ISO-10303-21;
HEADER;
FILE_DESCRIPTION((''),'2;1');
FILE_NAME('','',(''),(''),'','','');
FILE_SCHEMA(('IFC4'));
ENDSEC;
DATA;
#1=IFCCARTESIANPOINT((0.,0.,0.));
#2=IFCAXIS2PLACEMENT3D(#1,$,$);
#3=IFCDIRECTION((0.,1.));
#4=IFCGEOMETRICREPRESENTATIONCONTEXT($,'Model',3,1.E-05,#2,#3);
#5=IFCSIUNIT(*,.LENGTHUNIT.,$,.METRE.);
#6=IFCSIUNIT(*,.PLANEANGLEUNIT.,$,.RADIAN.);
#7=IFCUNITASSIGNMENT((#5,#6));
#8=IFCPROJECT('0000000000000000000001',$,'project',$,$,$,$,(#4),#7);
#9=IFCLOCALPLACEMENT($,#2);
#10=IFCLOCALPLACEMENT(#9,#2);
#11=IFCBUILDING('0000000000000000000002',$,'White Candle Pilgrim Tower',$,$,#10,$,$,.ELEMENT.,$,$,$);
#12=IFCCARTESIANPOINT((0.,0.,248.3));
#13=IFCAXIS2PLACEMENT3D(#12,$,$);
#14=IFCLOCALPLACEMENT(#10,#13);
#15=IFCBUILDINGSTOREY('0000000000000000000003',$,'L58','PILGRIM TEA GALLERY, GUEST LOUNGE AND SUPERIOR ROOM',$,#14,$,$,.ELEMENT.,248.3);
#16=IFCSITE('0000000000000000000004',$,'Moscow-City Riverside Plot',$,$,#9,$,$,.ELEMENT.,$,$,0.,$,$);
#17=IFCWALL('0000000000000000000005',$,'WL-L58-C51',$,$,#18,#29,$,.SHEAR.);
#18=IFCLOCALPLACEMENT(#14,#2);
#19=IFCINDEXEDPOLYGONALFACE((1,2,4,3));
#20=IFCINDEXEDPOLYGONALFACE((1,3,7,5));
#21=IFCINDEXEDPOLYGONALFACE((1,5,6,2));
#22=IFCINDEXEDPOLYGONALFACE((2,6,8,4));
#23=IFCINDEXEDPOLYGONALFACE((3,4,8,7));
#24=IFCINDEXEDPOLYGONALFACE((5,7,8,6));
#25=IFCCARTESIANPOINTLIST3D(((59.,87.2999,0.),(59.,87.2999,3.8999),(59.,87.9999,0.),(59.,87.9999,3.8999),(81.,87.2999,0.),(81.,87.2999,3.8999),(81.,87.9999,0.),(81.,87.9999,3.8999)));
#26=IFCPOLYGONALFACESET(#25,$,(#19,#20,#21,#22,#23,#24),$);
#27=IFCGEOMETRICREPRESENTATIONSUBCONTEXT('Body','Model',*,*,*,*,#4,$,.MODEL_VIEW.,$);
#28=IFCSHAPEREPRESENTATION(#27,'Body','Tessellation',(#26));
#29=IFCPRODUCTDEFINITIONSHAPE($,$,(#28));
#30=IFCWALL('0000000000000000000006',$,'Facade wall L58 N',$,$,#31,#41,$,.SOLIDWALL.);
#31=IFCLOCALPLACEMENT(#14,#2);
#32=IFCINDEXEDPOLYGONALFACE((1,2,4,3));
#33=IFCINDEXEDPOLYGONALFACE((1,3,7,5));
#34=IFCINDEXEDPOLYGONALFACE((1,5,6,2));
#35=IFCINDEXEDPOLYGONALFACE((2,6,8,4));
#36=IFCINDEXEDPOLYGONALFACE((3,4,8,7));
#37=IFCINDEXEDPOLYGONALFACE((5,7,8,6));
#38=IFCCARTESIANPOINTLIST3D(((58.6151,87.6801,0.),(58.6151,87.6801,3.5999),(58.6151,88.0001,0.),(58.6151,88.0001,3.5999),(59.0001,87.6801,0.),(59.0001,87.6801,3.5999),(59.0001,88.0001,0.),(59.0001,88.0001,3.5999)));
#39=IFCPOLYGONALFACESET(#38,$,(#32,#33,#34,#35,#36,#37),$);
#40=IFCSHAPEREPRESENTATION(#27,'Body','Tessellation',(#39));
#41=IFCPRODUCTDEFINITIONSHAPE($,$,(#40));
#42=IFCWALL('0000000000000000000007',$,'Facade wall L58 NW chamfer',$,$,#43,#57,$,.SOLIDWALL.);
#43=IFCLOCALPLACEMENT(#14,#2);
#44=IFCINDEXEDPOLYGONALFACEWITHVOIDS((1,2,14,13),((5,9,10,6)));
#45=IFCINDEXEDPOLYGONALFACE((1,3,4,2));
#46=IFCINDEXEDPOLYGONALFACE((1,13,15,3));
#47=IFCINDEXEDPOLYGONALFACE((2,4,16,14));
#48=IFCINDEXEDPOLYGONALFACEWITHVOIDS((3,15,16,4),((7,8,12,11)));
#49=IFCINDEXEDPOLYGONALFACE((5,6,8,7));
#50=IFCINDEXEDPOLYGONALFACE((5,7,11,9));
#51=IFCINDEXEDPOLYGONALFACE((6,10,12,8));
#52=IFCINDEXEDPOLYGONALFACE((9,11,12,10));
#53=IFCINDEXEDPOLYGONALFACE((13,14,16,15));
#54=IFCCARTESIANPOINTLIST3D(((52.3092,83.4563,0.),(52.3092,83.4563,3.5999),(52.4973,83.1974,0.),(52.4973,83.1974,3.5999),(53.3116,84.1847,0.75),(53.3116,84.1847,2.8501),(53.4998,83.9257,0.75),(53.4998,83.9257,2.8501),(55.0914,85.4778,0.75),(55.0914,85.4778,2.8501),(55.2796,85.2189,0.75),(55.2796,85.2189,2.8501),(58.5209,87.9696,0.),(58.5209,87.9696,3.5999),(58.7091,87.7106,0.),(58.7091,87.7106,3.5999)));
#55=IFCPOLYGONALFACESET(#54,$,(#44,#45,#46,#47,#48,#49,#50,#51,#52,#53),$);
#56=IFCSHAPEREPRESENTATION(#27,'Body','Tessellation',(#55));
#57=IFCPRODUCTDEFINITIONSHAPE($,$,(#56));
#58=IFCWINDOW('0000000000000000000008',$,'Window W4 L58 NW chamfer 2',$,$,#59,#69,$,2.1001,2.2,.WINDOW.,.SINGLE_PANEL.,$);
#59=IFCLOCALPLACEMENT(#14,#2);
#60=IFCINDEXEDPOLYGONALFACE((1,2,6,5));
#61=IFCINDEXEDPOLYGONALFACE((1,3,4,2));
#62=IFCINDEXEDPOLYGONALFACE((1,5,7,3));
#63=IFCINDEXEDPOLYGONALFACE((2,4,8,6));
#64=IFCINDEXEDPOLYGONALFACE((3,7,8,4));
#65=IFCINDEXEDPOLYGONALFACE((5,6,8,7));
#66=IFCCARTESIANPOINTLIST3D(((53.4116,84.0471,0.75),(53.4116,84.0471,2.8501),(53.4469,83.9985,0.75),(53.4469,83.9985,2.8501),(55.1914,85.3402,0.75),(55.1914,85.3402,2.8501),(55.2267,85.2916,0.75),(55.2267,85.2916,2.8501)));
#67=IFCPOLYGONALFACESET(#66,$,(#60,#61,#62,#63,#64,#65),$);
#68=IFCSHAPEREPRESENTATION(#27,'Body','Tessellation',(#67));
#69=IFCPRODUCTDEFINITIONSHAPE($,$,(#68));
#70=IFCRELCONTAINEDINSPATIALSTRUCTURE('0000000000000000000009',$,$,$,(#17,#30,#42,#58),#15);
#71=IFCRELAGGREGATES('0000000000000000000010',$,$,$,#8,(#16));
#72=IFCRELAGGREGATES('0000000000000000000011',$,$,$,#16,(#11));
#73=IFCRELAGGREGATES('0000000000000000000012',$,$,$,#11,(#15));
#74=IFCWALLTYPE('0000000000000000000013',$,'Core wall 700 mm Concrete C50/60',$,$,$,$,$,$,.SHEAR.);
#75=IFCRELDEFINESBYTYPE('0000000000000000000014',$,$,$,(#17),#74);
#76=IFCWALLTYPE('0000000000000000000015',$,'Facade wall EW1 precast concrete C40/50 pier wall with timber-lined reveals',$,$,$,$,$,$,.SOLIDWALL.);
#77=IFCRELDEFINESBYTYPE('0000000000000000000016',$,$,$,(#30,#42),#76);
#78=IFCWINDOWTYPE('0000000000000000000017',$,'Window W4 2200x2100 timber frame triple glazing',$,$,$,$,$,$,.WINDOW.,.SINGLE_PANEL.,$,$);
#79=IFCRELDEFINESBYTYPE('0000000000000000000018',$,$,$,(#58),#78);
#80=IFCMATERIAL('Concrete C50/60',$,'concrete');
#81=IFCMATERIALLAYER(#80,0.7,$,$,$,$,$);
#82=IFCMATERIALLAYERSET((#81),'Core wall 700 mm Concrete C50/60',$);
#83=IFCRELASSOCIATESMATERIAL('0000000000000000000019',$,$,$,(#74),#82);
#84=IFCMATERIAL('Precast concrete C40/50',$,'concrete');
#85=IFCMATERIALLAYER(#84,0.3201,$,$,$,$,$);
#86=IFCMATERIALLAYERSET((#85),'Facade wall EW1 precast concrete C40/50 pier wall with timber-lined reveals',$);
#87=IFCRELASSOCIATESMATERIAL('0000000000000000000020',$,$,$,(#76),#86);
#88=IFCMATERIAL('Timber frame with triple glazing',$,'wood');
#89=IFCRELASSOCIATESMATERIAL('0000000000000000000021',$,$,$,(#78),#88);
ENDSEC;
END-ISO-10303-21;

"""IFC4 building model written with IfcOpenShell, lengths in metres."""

from ifc_helpers import new_model, si_unit, direction, frame, frame_2d, origin, place, context, subcontext, project, spatial, rectangle, extrude, material, layer, layer_set, type_object, element, fill, save


model = new_model("IFC4")

# Units and contexts
model_context = context("Model", 3, precision=1e-05, world=origin(), true_north=direction((0.0, 1.0)))
body_context = subcontext(model_context, "Body", "Model", "MODEL_VIEW")
ifc_project = project(units=[si_unit("LENGTHUNIT", "METRE"), si_unit("PLANEANGLEUNIT", "RADIAN")], contexts=[model_context])

# Site, building, storey
site_placement = place(None, origin())
site = spatial("IfcSite", under=ifc_project, at=site_placement, Name="Moscow-City Riverside Plot", CompositionType="ELEMENT", RefElevation=0.0)
building_placement = place(site_placement, origin())
building = spatial("IfcBuilding", under=site, at=building_placement, Name="White Candle Pilgrim Tower", CompositionType="ELEMENT")
storey_placement = place(building_placement, frame((0.0, 0.0, 248.3)))
storey = spatial("IfcBuildingStorey", under=building, at=storey_placement, Name="L58", Description="PILGRIM TEA GALLERY, GUEST LOUNGE AND SUPERIOR ROOM", CompositionType="ELEMENT", Elevation=248.3)

# Shared definitions
ifc_material_1 = material(Name="Concrete C50/60", Category="concrete")

# Shared definitions
ifc_layer_1 = layer(ifc_material_1, 0.7)
ifc_layer_set_1 = layer_set([ifc_layer_1], Name="Core wall 700 mm Concrete C50/60")
wall_type_1 = type_object("IfcWallType", Name="Core wall 700 mm Concrete C50/60", PredefinedType="SHEAR", material=ifc_layer_set_1)

# Walls
wall_1_placement = place(storey_placement, frame((59.0, 87.6499, 0.0), z_axis=(0.0, 0.0, 1.0), x_axis=(1.0, 0.0, 0.0)))
element("IfcWall", 1, at=wall_1_placement, inside=storey, type_object=wall_type_1, Name="WL-L58-C51", PredefinedType="SHEAR", context=body_context, shape_type="SweptSolid", body=[
    extrude(rectangle(XDim=22.0, YDim=0.7, at=frame_2d((11.0, 0.0))), origin(), (0.0, 0.0, 1.0), 3.8999),
])
ifc_material_2 = material(Name="Precast concrete C40/50", Category="concrete")
ifc_layer_2 = layer(ifc_material_2, 0.3201)
ifc_layer_set_2 = layer_set([ifc_layer_2], Name="Facade wall EW1 precast concrete C40/50 pier wall with timber-lined reveals")
wall_type_2 = type_object("IfcWallType", Name="Facade wall EW1 precast concrete C40/50 pier wall with timber-lined reveals", PredefinedType="SOLIDWALL", material=ifc_layer_set_2)
wall_2_placement = place(storey_placement, frame((59.0, 87.8401, 0.0), z_axis=(0.0, 0.0, 1.0), x_axis=(-1.0, 0.0, 0.0)))
element("IfcWall", 2, at=wall_2_placement, inside=storey, type_object=wall_type_2, Name="Facade wall L58 N", PredefinedType="SOLIDWALL", context=body_context, shape_type="SweptSolid", body=[
    extrude(rectangle(XDim=0.385, YDim=0.3201, at=frame_2d((0.1924, 0.0))), origin(), (0.0, 0.0, 1.0), 3.5999),
])

# Wall, opening, window
wall_3_placement = place(storey_placement, frame((58.615, 87.8401, 0.0), z_axis=(0.0, 0.0, 1.0), x_axis=(-0.809008, -0.587797, 0.0)))
wall_3 = element("IfcWall", 3, at=wall_3_placement, inside=storey, type_object=wall_type_2, Name="Facade wall L58 NW chamfer", PredefinedType="SOLIDWALL", context=body_context, shape_type="SweptSolid", body=[
    extrude(rectangle(XDim=7.6782, YDim=0.3201, at=frame_2d((3.8391, 0.0))), origin(), (0.0, 0.0, 1.0), 3.5999),
])
opening_1_placement = place(wall_3_placement, frame((4.239, 0.0, 0.75)))
opening_1 = element("IfcOpeningElement", 4, at=opening_1_placement, cuts=wall_3, PredefinedType="OPENING", context=body_context, shape_type="SweptSolid", body=[
    extrude(rectangle(XDim=2.2, YDim=2.1001, at=frame_2d((1.1001, 1.05))), frame((0.0, 0.1699, 0.0), z_axis=(0.0, -1.0, 0.0), x_axis=(1.0, 0.0, 0.0)), (0.0, 0.0, 1.0), 0.3401),
])
ifc_material_3 = material(Name="Timber frame with triple glazing", Category="wood")
window_type_1 = type_object("IfcWindowType", Name="Window W4 2200x2100 timber frame triple glazing", PartitioningType="SINGLE_PANEL", PredefinedType="WINDOW", material=ifc_material_3)
window_1_placement = place(opening_1_placement, origin())
window_1 = element("IfcWindow", 5, at=window_1_placement, inside=storey, type_object=window_type_1, Name="Window W4 L58 NW chamfer 2", OverallHeight=2.1001, OverallWidth=2.2, PartitioningType="SINGLE_PANEL", PredefinedType="WINDOW", context=body_context, shape_type="SweptSolid", body=[
    extrude(rectangle(XDim=2.2, YDim=2.1001, at=frame_2d((1.1001, 1.05))), frame((0.0, 0.0701, 0.0), z_axis=(0.0, -1.0, 0.0), x_axis=(1.0, 0.0, 0.0)), (0.0, 0.0, 1.0), 0.0601),
])
fill(opening_1, window_1)

save(model, "model.ifc")
